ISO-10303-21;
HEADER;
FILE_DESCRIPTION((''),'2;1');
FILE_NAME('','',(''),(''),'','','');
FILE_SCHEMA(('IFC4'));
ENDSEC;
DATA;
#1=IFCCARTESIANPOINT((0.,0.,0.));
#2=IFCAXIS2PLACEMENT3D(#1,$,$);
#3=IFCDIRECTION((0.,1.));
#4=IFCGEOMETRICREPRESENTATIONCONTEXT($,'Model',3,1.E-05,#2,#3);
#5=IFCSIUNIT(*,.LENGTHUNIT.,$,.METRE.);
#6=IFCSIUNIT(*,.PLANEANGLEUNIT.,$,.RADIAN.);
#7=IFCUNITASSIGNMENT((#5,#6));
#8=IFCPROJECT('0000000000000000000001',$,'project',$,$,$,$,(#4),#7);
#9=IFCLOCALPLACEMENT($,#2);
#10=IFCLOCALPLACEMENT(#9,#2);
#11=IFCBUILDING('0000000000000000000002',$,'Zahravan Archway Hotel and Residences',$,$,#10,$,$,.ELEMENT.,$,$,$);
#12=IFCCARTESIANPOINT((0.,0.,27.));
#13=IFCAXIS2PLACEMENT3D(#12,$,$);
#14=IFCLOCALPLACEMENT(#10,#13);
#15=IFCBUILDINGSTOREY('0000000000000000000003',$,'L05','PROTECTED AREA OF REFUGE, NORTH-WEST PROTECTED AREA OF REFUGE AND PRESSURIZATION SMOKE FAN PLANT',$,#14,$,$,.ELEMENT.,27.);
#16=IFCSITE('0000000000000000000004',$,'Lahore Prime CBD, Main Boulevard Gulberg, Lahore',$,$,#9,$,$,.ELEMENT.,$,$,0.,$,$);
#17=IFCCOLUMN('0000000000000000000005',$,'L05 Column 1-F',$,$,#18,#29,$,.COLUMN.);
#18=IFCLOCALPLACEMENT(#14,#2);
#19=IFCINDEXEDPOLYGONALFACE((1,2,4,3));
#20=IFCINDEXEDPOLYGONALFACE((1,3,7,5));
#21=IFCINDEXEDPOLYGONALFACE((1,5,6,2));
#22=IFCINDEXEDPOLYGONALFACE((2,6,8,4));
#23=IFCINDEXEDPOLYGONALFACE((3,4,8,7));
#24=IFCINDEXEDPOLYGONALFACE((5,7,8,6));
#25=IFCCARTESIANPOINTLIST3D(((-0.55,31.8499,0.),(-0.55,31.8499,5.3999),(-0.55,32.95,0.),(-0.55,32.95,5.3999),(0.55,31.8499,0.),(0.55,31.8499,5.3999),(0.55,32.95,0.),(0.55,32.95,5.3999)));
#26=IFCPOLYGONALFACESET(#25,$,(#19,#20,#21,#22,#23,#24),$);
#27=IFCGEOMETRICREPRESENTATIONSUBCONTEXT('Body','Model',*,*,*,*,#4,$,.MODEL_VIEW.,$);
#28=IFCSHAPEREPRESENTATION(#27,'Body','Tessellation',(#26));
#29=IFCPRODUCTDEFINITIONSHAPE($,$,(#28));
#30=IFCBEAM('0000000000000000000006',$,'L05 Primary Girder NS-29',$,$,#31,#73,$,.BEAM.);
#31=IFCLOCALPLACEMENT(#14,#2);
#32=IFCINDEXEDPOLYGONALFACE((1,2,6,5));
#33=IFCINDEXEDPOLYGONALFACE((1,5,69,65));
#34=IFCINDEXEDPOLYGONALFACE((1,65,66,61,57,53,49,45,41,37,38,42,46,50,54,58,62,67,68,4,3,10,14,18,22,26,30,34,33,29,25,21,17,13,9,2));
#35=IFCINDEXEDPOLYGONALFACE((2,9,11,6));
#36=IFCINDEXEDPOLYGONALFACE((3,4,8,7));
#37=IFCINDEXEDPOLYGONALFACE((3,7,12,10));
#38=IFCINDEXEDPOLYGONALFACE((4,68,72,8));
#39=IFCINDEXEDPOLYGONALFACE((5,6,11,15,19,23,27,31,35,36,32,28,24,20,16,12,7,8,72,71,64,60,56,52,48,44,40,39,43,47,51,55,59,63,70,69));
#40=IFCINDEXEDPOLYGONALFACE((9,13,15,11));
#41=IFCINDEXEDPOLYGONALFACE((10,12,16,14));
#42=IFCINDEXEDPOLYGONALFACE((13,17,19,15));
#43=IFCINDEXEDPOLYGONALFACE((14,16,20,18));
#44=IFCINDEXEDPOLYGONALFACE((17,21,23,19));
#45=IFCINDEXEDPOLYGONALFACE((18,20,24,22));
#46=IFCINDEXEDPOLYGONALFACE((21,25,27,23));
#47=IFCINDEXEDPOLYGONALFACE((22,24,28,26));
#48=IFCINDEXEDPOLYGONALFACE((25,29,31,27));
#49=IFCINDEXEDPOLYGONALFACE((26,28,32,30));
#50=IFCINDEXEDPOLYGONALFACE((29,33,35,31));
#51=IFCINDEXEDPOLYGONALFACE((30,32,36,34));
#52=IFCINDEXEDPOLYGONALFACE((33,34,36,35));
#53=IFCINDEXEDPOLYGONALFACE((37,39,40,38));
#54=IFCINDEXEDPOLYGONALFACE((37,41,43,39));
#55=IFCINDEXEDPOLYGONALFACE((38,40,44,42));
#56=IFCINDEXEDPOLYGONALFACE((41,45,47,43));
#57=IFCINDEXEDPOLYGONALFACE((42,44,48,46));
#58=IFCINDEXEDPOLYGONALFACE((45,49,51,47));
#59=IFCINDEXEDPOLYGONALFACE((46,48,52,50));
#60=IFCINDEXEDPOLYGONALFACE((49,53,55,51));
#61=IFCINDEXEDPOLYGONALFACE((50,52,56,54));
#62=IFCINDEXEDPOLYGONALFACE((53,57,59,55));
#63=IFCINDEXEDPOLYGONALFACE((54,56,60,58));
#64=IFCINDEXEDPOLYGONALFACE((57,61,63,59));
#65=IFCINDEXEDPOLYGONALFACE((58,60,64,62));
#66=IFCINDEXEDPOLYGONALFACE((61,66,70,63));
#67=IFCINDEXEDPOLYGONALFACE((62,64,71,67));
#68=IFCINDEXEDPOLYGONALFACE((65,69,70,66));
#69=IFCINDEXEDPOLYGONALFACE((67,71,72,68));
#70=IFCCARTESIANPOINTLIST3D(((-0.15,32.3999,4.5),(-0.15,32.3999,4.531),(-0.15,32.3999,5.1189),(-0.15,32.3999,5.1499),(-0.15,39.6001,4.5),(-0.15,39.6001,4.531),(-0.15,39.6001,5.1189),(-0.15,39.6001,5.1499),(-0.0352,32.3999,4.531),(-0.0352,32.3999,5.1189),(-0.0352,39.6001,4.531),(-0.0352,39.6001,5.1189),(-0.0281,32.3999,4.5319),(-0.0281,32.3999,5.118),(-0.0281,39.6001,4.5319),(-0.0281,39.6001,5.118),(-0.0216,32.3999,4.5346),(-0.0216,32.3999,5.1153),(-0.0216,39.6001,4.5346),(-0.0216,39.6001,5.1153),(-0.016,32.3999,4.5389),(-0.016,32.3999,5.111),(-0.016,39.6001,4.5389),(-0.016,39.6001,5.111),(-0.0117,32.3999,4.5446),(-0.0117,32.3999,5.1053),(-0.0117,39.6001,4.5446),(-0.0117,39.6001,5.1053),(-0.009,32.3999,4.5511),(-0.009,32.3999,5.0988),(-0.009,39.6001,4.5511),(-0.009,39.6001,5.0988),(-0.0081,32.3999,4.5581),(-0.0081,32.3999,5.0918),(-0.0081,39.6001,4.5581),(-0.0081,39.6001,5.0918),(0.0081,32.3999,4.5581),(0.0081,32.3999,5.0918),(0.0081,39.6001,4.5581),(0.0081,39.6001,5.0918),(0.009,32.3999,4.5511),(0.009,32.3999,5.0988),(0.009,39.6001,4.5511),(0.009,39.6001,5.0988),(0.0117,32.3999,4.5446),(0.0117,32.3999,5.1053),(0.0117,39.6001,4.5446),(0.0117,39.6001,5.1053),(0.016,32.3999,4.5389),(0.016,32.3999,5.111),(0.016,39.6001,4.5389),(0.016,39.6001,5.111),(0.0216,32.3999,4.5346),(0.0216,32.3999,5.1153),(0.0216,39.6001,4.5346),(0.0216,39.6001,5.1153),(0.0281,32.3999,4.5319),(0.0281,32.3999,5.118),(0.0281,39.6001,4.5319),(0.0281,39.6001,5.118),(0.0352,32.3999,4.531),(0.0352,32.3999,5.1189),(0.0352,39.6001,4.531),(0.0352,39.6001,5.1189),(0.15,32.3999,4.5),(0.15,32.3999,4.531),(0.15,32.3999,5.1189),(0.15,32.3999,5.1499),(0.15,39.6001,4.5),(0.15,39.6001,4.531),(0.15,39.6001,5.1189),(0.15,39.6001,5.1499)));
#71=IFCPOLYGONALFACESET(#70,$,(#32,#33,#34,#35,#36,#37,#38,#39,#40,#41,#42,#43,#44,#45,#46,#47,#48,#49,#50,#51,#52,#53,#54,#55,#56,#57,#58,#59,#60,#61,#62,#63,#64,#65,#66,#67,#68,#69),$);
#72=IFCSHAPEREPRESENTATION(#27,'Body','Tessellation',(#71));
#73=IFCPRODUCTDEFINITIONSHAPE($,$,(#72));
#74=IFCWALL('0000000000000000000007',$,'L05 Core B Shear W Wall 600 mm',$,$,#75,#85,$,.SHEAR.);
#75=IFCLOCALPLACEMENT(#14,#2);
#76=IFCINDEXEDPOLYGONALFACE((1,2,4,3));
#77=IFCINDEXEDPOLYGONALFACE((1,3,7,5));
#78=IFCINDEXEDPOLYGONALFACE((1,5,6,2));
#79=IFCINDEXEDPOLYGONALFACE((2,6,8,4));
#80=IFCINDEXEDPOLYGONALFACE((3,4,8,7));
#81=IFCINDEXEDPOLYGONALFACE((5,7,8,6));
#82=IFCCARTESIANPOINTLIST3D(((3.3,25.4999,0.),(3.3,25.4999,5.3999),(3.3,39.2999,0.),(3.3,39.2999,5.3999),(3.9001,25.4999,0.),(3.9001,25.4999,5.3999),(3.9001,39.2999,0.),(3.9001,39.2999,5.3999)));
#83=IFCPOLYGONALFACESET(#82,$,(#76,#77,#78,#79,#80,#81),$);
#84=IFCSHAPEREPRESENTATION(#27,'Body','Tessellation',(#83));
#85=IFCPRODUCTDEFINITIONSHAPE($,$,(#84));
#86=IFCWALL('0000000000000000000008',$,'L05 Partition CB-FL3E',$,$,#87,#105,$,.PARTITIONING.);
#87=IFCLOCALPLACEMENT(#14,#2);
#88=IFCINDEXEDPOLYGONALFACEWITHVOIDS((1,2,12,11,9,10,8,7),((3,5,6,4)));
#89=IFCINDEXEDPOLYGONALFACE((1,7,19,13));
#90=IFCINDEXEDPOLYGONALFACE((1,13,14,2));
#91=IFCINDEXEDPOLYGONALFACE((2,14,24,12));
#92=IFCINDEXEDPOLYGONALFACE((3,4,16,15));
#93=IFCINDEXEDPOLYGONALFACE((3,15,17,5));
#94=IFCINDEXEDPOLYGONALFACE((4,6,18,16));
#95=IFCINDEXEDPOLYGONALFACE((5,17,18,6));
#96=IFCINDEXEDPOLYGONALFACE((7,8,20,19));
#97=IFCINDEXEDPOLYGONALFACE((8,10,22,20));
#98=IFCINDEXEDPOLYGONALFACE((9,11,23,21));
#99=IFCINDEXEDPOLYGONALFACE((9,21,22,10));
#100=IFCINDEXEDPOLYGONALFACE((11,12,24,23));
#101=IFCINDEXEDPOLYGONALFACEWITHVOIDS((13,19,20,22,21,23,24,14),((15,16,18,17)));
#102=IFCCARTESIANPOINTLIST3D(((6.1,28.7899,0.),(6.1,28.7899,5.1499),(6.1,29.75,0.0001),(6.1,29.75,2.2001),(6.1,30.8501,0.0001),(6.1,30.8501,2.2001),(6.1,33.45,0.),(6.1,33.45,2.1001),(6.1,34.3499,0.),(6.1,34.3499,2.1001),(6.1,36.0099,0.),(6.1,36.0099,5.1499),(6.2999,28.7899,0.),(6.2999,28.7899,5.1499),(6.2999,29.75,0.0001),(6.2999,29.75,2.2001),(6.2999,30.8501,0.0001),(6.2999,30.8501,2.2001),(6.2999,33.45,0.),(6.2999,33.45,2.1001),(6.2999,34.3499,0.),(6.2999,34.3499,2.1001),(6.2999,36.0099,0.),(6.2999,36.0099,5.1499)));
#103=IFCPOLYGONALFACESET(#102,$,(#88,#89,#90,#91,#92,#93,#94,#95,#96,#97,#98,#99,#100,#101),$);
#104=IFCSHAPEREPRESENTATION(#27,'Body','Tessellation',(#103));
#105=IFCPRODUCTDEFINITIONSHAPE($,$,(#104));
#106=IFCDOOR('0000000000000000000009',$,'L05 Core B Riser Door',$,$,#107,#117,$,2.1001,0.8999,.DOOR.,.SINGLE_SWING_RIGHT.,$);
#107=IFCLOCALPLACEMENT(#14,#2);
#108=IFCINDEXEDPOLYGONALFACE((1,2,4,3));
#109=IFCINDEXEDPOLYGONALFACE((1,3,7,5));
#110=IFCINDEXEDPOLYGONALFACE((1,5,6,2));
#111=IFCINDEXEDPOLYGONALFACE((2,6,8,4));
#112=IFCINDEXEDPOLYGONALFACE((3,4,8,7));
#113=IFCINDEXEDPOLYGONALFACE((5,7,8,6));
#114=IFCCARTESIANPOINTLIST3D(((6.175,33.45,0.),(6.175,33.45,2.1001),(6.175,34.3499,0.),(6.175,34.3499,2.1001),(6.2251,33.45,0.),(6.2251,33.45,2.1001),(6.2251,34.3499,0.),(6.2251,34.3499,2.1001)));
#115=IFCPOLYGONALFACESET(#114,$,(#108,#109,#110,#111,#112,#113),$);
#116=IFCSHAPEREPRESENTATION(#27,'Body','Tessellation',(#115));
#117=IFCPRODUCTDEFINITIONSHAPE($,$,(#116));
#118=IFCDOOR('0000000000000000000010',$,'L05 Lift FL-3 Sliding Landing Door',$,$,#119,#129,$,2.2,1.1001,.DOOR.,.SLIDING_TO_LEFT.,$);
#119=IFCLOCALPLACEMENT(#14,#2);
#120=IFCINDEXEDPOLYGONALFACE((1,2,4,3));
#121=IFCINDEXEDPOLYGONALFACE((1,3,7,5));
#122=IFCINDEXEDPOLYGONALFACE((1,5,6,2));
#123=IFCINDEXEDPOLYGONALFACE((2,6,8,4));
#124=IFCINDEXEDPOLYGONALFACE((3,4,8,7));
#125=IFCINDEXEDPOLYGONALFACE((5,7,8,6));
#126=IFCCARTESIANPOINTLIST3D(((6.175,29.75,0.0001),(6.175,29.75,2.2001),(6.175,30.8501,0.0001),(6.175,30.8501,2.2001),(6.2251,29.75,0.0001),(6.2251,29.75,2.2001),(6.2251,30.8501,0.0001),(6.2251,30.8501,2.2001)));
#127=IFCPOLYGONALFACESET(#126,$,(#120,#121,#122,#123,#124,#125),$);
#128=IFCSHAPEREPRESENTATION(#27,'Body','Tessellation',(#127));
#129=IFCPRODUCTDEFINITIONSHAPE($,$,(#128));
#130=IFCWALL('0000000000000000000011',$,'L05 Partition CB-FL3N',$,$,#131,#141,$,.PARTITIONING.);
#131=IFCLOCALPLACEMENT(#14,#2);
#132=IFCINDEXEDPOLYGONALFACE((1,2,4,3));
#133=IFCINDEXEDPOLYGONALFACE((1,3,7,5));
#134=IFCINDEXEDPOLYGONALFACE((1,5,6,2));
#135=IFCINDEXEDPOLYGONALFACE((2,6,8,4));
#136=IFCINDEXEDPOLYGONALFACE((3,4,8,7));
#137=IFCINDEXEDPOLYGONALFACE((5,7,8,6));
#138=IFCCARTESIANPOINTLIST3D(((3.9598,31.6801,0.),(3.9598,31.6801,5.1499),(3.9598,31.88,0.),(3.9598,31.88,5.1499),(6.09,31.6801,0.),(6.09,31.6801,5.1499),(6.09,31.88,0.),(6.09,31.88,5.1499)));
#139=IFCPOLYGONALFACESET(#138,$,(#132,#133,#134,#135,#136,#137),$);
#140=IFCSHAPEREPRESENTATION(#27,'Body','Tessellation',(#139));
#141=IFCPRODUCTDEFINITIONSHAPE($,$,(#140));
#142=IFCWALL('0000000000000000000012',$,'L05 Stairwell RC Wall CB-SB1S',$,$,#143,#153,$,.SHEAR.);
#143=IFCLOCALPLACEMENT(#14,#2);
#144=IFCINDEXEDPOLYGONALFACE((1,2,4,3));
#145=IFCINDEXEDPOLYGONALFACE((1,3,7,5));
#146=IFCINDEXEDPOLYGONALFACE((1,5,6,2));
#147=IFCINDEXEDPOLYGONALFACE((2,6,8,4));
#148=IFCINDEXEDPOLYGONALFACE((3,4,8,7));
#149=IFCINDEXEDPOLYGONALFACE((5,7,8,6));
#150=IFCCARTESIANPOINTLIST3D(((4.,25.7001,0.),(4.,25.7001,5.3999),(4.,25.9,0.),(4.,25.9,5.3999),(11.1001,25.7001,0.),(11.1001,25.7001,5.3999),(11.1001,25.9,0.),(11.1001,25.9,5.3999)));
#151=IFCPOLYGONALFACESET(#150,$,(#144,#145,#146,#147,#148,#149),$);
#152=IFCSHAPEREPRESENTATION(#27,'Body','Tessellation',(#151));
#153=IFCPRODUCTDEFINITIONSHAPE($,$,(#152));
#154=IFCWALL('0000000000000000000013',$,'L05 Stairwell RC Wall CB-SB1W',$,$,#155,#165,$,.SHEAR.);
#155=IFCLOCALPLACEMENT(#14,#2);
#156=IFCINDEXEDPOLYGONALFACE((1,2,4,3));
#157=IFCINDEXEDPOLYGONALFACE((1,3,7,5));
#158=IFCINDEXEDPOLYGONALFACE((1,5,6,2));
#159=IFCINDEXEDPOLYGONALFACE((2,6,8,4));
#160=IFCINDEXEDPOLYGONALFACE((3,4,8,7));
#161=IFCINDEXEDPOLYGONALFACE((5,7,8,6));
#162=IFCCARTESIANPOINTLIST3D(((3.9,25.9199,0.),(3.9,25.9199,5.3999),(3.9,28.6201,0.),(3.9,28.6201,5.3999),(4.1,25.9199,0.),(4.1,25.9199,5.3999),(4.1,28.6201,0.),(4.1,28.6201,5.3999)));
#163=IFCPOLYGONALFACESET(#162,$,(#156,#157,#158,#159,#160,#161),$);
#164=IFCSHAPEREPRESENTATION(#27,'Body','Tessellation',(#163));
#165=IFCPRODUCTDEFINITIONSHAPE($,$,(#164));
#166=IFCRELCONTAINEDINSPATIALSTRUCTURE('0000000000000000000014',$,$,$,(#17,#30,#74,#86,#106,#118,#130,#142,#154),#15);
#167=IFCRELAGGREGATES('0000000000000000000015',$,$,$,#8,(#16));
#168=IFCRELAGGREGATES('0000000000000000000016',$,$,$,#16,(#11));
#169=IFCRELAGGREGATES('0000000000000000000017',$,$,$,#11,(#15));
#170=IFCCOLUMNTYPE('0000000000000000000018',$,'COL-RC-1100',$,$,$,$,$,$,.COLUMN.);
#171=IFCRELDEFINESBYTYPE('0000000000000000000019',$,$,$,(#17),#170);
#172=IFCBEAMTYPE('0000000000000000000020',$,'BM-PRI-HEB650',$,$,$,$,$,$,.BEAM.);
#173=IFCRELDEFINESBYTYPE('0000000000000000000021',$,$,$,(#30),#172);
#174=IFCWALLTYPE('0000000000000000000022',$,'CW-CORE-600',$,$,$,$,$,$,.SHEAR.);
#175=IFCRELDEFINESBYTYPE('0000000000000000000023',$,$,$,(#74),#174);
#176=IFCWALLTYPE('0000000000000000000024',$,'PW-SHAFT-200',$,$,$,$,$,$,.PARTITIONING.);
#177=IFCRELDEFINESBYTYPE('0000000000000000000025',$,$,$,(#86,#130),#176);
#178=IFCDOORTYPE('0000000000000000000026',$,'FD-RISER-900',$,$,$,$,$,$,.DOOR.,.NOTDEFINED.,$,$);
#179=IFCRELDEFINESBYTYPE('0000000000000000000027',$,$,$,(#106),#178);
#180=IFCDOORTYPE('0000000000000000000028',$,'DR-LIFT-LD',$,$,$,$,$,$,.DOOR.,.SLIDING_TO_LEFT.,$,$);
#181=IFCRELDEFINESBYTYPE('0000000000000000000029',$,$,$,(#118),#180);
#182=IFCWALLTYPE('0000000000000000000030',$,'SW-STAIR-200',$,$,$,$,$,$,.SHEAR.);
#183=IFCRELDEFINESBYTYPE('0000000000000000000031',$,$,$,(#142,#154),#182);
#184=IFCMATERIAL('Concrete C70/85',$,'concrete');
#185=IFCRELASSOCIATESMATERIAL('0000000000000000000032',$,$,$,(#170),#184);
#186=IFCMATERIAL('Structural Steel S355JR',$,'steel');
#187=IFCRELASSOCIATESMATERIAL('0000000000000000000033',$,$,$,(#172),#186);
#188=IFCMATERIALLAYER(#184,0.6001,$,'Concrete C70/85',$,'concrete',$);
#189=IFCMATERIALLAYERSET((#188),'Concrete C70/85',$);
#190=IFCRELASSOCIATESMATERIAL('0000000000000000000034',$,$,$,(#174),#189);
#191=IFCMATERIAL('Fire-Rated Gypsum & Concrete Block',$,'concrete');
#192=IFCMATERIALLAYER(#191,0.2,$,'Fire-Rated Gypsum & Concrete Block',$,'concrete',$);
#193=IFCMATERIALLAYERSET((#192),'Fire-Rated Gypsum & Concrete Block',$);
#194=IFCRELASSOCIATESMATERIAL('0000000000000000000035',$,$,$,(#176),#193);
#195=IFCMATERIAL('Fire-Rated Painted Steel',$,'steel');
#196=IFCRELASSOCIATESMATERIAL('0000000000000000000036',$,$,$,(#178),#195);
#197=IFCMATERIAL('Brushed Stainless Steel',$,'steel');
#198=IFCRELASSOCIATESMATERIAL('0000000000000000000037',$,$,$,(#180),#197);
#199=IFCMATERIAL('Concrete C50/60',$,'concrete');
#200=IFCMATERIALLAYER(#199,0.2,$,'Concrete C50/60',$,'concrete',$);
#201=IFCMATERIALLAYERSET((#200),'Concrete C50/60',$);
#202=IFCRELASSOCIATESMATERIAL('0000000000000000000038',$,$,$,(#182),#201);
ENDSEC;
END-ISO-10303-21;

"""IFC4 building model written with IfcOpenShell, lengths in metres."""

from ifc_helpers import new_model, si_unit, direction, frame, frame_2d, origin, origin_2d, place, context, subcontext, project, spatial, rectangle, i_section, extrude, source, transform, mapped, material, layer, layer_set, material_profile, profile_set, type_object, type_shapes, element, fill, save


model = new_model("IFC4")

# Units and contexts
model_context = context("Model", 3, precision=1e-05, world=origin(), true_north=direction((0.0, 1.0)))
body_context = subcontext(model_context, "Body", "Model", "MODEL_VIEW")
ifc_project = project(units=[si_unit("LENGTHUNIT", "METRE"), si_unit("PLANEANGLEUNIT", "RADIAN")], contexts=[model_context])

# Site, building, storey
site_placement = place(None, origin())
site = spatial("IfcSite", under=ifc_project, at=site_placement, Name="Lahore Prime CBD, Main Boulevard Gulberg, Lahore", CompositionType="ELEMENT", RefElevation=0.0)
building_placement = place(site_placement, origin())
building = spatial("IfcBuilding", under=site, at=building_placement, Name="Zahravan Archway Hotel and Residences", CompositionType="ELEMENT")
storey_placement = place(building_placement, frame((0.0, 0.0, 27.0)))
storey = spatial("IfcBuildingStorey", under=building, at=storey_placement, Name="L05", Description="PROTECTED AREA OF REFUGE, NORTH-WEST PROTECTED AREA OF REFUGE AND PRESSURIZATION SMOKE FAN PLANT", CompositionType="ELEMENT", Elevation=27.0)

# Column
ifc_material_1 = material(Name="Concrete C70/85", Category="concrete")
ifc_material_profile_1 = material_profile(ifc_material_1, rectangle(XDim=1.1001, YDim=1.1001, at=origin_2d()), Name="RC 1100x1100", Category="concrete")
ifc_profile_set_1 = profile_set([ifc_material_profile_1], Name="Concrete C70/85")
column_type = type_object("IfcColumnType", Name="COL-RC-1100", PredefinedType="COLUMN", material=ifc_profile_set_1)
shared_shape_1 = source(origin(), body_context, "Body", "SweptSolid", [
    extrude(rectangle(XDim=1.1001, YDim=1.1001, at=origin_2d()), origin(), (0.0, 0.0, 1.0), 5.3999),
])
column_placement = place(storey_placement, frame((0.0, 32.3999, 0.0), z_axis=(0.0, 0.0, 1.0), x_axis=(1.0, 0.0, 0.0)))
element("IfcColumn", 1, at=column_placement, inside=storey, type_object=column_type, Name="L05 Column 1-F", PredefinedType="COLUMN", context=body_context, shape_type="MappedRepresentation", body=[
    mapped(shared_shape_1, transform((0.0, 0.0, 0.0), scale=1.0)),
])

# Beam
ifc_material_2 = material(Name="Structural Steel S355JR", Category="steel")
ifc_material_profile_2 = material_profile(ifc_material_2, i_section(OverallWidth=0.3, OverallDepth=0.6499, WebThickness=0.0161, FlangeThickness=0.031, FilletRadius=0.0271, at=origin_2d()), Name="HEB 650", Category="steel")
ifc_profile_set_2 = profile_set([ifc_material_profile_2], Name="Structural Steel S355JR")
beam_type = type_object("IfcBeamType", Name="BM-PRI-HEB650", PredefinedType="BEAM", material=ifc_profile_set_2)
shared_shape_2 = source(origin(), body_context, "Body", "SweptSolid", [
    extrude(i_section(OverallWidth=0.3, OverallDepth=0.6499, WebThickness=0.0161, FlangeThickness=0.031, FilletRadius=0.0271, at=origin_2d()), origin(), (0.0, 0.0, 1.0), 7.2002),
])
type_shapes(beam_type, [shared_shape_2])
beam_placement = place(storey_placement, frame((0.0, 32.3999, 4.825), z_axis=(0.0, 1.0, 0.0), x_axis=(-1.0, 0.0, 0.0)))
element("IfcBeam", 2, at=beam_placement, inside=storey, type_object=beam_type, Name="L05 Primary Girder NS-29", PredefinedType="BEAM", context=body_context, shape_type="MappedRepresentation", body=[
    mapped(shared_shape_2, transform((0.0, 0.0, 0.0), scale=1.0)),
])

# Wall
ifc_layer_1 = layer(ifc_material_1, 0.6001, Name="Concrete C70/85", Category="concrete")
ifc_layer_set_1 = layer_set([ifc_layer_1], Name="Concrete C70/85")
wall_type_1 = type_object("IfcWallType", Name="CW-CORE-600", PredefinedType="SHEAR", material=ifc_layer_set_1)
wall_1_placement = place(storey_placement, frame((3.6001, 25.5, 0.0), z_axis=(0.0, 0.0, 1.0), x_axis=(0.0, 1.0, 0.0)))
element("IfcWall", 3, at=wall_1_placement, inside=storey, type_object=wall_type_1, Name="L05 Core B Shear W Wall 600 mm", PredefinedType="SHEAR", context=body_context, shape_type="SweptSolid", body=[
    extrude(rectangle(XDim=13.8, YDim=0.6001, at=frame_2d((6.8999, 0.0))), origin(), (0.0, 0.0, 1.0), 5.3999),
])

# Wall, openings, doors
ifc_material_3 = material(Name="Fire-Rated Gypsum & Concrete Block", Category="concrete")
ifc_layer_2 = layer(ifc_material_3, 0.2, Name="Fire-Rated Gypsum & Concrete Block", Category="concrete")
ifc_layer_set_2 = layer_set([ifc_layer_2], Name="Fire-Rated Gypsum & Concrete Block")
wall_type_2 = type_object("IfcWallType", Name="PW-SHAFT-200", PredefinedType="PARTITIONING", material=ifc_layer_set_2)
wall_2_placement = place(storey_placement, frame((6.2, 28.79, 0.0), z_axis=(0.0, 0.0, 1.0), x_axis=(0.0, 1.0, 0.0)))
wall_2 = element("IfcWall", 4, at=wall_2_placement, inside=storey, type_object=wall_type_2, Name="L05 Partition CB-FL3E", PredefinedType="PARTITIONING", context=body_context, shape_type="SweptSolid", body=[
    extrude(rectangle(XDim=7.22, YDim=0.2, at=frame_2d((3.6099, 0.0))), origin(), (0.0, 0.0, 1.0), 5.1499),
])
opening_1_placement = place(wall_2_placement, frame((4.6599, 0.0, 0.0)))
opening_1 = element("IfcOpeningElement", 5, at=opening_1_placement, cuts=wall_2, PredefinedType="OPENING", context=body_context, shape_type="SweptSolid", body=[
    extrude(rectangle(XDim=0.8999, YDim=2.1001, at=frame_2d((0.45, 1.05))), frame((0.0, 0.1099, 0.0), z_axis=(0.0, -1.0, 0.0), x_axis=(1.0, 0.0, 0.0)), (0.0, 0.0, 1.0), 0.22),
])
opening_2_placement = place(wall_2_placement, frame((0.96, 0.0, 0.0)))
opening_2 = element("IfcOpeningElement", 6, at=opening_2_placement, cuts=wall_2, PredefinedType="OPENING", context=body_context, shape_type="SweptSolid", body=[
    extrude(rectangle(XDim=1.1001, YDim=2.2, at=frame_2d((0.55, 1.1001))), frame((0.0, 0.1099, 0.0), z_axis=(0.0, -1.0, 0.0), x_axis=(1.0, 0.0, 0.0)), (0.0, 0.0, 1.0), 0.22),
])
ifc_material_4 = material(Name="Fire-Rated Painted Steel", Category="steel")
door_type_1 = type_object("IfcDoorType", Name="FD-RISER-900", OperationType="NOTDEFINED", PredefinedType="DOOR", material=ifc_material_4)
shared_shape_3 = source(origin(), body_context, "Body", "SweptSolid", [
    extrude(rectangle(XDim=0.8999, YDim=2.1001, at=frame_2d((0.45, 1.05))), frame((0.0, 0.0249, 0.0), z_axis=(0.0, -1.0, 0.0), x_axis=(1.0, 0.0, 0.0)), (0.0, 0.0, 1.0), 0.05),
])
type_shapes(door_type_1, [shared_shape_3])
door_1_placement = place(opening_1_placement, origin())
door_1 = element("IfcDoor", 7, at=door_1_placement, inside=storey, type_object=door_type_1, Name="L05 Core B Riser Door", OperationType="SINGLE_SWING_RIGHT", OverallHeight=2.1001, OverallWidth=0.8999, PredefinedType="DOOR", context=body_context, shape_type="MappedRepresentation", body=[
    mapped(shared_shape_3, transform((0.0, 0.0, 0.0), scale=1.0)),
])
fill(opening_1, door_1)
ifc_material_5 = material(Name="Brushed Stainless Steel", Category="steel")
door_type_2 = type_object("IfcDoorType", Name="DR-LIFT-LD", OperationType="SLIDING_TO_LEFT", PredefinedType="DOOR", material=ifc_material_5)
shared_shape_4 = source(origin(), body_context, "Body", "SweptSolid", [
    extrude(rectangle(XDim=1.1001, YDim=2.2, at=frame_2d((0.55, 1.1001))), frame((0.0, 0.0249, 0.0), z_axis=(0.0, -1.0, 0.0), x_axis=(1.0, 0.0, 0.0)), (0.0, 0.0, 1.0), 0.05),
])
type_shapes(door_type_2, [shared_shape_4])
door_2_placement = place(opening_2_placement, origin())
door_2 = element("IfcDoor", 8, at=door_2_placement, inside=storey, type_object=door_type_2, Name="L05 Lift FL-3 Sliding Landing Door", OperationType="SLIDING_TO_LEFT", OverallHeight=2.2, OverallWidth=1.1001, PredefinedType="DOOR", context=body_context, shape_type="MappedRepresentation", body=[
    mapped(shared_shape_4, transform((0.0, 0.0, 0.0), scale=1.0)),
])
fill(opening_2, door_2)

# Walls
wall_3_placement = place(storey_placement, frame((3.96, 31.78, 0.0), z_axis=(0.0, 0.0, 1.0), x_axis=(1.0, 0.0, 0.0)))
element("IfcWall", 9, at=wall_3_placement, inside=storey, type_object=wall_type_2, Name="L05 Partition CB-FL3N", PredefinedType="PARTITIONING", context=body_context, shape_type="SweptSolid", body=[
    extrude(rectangle(XDim=2.1301, YDim=0.2, at=frame_2d((1.0649, 0.0))), origin(), (0.0, 0.0, 1.0), 5.1499),
])
ifc_material_6 = material(Name="Concrete C50/60", Category="concrete")
ifc_layer_3 = layer(ifc_material_6, 0.2, Name="Concrete C50/60", Category="concrete")
ifc_layer_set_3 = layer_set([ifc_layer_3], Name="Concrete C50/60")
wall_type_3 = type_object("IfcWallType", Name="SW-STAIR-200", PredefinedType="SHEAR", material=ifc_layer_set_3)
wall_4_placement = place(storey_placement, frame((4.0, 25.8, 0.0), z_axis=(0.0, 0.0, 1.0), x_axis=(1.0, 0.0, 0.0)))
element("IfcWall", 10, at=wall_4_placement, inside=storey, type_object=wall_type_3, Name="L05 Stairwell RC Wall CB-SB1S", PredefinedType="SHEAR", context=body_context, shape_type="SweptSolid", body=[
    extrude(rectangle(XDim=7.1001, YDim=0.2, at=frame_2d((3.55, 0.0))), origin(), (0.0, 0.0, 1.0), 5.3999),
])
wall_5_placement = place(storey_placement, frame((4.0, 25.9199, 0.0), z_axis=(0.0, 0.0, 1.0), x_axis=(0.0, 1.0, 0.0)))
element("IfcWall", 11, at=wall_5_placement, inside=storey, type_object=wall_type_3, Name="L05 Stairwell RC Wall CB-SB1W", PredefinedType="SHEAR", context=body_context, shape_type="SweptSolid", body=[
    extrude(rectangle(XDim=2.7002, YDim=0.2, at=frame_2d((1.3501, 0.0))), origin(), (0.0, 0.0, 1.0), 5.3999),
])

save(model, "model.ifc")
